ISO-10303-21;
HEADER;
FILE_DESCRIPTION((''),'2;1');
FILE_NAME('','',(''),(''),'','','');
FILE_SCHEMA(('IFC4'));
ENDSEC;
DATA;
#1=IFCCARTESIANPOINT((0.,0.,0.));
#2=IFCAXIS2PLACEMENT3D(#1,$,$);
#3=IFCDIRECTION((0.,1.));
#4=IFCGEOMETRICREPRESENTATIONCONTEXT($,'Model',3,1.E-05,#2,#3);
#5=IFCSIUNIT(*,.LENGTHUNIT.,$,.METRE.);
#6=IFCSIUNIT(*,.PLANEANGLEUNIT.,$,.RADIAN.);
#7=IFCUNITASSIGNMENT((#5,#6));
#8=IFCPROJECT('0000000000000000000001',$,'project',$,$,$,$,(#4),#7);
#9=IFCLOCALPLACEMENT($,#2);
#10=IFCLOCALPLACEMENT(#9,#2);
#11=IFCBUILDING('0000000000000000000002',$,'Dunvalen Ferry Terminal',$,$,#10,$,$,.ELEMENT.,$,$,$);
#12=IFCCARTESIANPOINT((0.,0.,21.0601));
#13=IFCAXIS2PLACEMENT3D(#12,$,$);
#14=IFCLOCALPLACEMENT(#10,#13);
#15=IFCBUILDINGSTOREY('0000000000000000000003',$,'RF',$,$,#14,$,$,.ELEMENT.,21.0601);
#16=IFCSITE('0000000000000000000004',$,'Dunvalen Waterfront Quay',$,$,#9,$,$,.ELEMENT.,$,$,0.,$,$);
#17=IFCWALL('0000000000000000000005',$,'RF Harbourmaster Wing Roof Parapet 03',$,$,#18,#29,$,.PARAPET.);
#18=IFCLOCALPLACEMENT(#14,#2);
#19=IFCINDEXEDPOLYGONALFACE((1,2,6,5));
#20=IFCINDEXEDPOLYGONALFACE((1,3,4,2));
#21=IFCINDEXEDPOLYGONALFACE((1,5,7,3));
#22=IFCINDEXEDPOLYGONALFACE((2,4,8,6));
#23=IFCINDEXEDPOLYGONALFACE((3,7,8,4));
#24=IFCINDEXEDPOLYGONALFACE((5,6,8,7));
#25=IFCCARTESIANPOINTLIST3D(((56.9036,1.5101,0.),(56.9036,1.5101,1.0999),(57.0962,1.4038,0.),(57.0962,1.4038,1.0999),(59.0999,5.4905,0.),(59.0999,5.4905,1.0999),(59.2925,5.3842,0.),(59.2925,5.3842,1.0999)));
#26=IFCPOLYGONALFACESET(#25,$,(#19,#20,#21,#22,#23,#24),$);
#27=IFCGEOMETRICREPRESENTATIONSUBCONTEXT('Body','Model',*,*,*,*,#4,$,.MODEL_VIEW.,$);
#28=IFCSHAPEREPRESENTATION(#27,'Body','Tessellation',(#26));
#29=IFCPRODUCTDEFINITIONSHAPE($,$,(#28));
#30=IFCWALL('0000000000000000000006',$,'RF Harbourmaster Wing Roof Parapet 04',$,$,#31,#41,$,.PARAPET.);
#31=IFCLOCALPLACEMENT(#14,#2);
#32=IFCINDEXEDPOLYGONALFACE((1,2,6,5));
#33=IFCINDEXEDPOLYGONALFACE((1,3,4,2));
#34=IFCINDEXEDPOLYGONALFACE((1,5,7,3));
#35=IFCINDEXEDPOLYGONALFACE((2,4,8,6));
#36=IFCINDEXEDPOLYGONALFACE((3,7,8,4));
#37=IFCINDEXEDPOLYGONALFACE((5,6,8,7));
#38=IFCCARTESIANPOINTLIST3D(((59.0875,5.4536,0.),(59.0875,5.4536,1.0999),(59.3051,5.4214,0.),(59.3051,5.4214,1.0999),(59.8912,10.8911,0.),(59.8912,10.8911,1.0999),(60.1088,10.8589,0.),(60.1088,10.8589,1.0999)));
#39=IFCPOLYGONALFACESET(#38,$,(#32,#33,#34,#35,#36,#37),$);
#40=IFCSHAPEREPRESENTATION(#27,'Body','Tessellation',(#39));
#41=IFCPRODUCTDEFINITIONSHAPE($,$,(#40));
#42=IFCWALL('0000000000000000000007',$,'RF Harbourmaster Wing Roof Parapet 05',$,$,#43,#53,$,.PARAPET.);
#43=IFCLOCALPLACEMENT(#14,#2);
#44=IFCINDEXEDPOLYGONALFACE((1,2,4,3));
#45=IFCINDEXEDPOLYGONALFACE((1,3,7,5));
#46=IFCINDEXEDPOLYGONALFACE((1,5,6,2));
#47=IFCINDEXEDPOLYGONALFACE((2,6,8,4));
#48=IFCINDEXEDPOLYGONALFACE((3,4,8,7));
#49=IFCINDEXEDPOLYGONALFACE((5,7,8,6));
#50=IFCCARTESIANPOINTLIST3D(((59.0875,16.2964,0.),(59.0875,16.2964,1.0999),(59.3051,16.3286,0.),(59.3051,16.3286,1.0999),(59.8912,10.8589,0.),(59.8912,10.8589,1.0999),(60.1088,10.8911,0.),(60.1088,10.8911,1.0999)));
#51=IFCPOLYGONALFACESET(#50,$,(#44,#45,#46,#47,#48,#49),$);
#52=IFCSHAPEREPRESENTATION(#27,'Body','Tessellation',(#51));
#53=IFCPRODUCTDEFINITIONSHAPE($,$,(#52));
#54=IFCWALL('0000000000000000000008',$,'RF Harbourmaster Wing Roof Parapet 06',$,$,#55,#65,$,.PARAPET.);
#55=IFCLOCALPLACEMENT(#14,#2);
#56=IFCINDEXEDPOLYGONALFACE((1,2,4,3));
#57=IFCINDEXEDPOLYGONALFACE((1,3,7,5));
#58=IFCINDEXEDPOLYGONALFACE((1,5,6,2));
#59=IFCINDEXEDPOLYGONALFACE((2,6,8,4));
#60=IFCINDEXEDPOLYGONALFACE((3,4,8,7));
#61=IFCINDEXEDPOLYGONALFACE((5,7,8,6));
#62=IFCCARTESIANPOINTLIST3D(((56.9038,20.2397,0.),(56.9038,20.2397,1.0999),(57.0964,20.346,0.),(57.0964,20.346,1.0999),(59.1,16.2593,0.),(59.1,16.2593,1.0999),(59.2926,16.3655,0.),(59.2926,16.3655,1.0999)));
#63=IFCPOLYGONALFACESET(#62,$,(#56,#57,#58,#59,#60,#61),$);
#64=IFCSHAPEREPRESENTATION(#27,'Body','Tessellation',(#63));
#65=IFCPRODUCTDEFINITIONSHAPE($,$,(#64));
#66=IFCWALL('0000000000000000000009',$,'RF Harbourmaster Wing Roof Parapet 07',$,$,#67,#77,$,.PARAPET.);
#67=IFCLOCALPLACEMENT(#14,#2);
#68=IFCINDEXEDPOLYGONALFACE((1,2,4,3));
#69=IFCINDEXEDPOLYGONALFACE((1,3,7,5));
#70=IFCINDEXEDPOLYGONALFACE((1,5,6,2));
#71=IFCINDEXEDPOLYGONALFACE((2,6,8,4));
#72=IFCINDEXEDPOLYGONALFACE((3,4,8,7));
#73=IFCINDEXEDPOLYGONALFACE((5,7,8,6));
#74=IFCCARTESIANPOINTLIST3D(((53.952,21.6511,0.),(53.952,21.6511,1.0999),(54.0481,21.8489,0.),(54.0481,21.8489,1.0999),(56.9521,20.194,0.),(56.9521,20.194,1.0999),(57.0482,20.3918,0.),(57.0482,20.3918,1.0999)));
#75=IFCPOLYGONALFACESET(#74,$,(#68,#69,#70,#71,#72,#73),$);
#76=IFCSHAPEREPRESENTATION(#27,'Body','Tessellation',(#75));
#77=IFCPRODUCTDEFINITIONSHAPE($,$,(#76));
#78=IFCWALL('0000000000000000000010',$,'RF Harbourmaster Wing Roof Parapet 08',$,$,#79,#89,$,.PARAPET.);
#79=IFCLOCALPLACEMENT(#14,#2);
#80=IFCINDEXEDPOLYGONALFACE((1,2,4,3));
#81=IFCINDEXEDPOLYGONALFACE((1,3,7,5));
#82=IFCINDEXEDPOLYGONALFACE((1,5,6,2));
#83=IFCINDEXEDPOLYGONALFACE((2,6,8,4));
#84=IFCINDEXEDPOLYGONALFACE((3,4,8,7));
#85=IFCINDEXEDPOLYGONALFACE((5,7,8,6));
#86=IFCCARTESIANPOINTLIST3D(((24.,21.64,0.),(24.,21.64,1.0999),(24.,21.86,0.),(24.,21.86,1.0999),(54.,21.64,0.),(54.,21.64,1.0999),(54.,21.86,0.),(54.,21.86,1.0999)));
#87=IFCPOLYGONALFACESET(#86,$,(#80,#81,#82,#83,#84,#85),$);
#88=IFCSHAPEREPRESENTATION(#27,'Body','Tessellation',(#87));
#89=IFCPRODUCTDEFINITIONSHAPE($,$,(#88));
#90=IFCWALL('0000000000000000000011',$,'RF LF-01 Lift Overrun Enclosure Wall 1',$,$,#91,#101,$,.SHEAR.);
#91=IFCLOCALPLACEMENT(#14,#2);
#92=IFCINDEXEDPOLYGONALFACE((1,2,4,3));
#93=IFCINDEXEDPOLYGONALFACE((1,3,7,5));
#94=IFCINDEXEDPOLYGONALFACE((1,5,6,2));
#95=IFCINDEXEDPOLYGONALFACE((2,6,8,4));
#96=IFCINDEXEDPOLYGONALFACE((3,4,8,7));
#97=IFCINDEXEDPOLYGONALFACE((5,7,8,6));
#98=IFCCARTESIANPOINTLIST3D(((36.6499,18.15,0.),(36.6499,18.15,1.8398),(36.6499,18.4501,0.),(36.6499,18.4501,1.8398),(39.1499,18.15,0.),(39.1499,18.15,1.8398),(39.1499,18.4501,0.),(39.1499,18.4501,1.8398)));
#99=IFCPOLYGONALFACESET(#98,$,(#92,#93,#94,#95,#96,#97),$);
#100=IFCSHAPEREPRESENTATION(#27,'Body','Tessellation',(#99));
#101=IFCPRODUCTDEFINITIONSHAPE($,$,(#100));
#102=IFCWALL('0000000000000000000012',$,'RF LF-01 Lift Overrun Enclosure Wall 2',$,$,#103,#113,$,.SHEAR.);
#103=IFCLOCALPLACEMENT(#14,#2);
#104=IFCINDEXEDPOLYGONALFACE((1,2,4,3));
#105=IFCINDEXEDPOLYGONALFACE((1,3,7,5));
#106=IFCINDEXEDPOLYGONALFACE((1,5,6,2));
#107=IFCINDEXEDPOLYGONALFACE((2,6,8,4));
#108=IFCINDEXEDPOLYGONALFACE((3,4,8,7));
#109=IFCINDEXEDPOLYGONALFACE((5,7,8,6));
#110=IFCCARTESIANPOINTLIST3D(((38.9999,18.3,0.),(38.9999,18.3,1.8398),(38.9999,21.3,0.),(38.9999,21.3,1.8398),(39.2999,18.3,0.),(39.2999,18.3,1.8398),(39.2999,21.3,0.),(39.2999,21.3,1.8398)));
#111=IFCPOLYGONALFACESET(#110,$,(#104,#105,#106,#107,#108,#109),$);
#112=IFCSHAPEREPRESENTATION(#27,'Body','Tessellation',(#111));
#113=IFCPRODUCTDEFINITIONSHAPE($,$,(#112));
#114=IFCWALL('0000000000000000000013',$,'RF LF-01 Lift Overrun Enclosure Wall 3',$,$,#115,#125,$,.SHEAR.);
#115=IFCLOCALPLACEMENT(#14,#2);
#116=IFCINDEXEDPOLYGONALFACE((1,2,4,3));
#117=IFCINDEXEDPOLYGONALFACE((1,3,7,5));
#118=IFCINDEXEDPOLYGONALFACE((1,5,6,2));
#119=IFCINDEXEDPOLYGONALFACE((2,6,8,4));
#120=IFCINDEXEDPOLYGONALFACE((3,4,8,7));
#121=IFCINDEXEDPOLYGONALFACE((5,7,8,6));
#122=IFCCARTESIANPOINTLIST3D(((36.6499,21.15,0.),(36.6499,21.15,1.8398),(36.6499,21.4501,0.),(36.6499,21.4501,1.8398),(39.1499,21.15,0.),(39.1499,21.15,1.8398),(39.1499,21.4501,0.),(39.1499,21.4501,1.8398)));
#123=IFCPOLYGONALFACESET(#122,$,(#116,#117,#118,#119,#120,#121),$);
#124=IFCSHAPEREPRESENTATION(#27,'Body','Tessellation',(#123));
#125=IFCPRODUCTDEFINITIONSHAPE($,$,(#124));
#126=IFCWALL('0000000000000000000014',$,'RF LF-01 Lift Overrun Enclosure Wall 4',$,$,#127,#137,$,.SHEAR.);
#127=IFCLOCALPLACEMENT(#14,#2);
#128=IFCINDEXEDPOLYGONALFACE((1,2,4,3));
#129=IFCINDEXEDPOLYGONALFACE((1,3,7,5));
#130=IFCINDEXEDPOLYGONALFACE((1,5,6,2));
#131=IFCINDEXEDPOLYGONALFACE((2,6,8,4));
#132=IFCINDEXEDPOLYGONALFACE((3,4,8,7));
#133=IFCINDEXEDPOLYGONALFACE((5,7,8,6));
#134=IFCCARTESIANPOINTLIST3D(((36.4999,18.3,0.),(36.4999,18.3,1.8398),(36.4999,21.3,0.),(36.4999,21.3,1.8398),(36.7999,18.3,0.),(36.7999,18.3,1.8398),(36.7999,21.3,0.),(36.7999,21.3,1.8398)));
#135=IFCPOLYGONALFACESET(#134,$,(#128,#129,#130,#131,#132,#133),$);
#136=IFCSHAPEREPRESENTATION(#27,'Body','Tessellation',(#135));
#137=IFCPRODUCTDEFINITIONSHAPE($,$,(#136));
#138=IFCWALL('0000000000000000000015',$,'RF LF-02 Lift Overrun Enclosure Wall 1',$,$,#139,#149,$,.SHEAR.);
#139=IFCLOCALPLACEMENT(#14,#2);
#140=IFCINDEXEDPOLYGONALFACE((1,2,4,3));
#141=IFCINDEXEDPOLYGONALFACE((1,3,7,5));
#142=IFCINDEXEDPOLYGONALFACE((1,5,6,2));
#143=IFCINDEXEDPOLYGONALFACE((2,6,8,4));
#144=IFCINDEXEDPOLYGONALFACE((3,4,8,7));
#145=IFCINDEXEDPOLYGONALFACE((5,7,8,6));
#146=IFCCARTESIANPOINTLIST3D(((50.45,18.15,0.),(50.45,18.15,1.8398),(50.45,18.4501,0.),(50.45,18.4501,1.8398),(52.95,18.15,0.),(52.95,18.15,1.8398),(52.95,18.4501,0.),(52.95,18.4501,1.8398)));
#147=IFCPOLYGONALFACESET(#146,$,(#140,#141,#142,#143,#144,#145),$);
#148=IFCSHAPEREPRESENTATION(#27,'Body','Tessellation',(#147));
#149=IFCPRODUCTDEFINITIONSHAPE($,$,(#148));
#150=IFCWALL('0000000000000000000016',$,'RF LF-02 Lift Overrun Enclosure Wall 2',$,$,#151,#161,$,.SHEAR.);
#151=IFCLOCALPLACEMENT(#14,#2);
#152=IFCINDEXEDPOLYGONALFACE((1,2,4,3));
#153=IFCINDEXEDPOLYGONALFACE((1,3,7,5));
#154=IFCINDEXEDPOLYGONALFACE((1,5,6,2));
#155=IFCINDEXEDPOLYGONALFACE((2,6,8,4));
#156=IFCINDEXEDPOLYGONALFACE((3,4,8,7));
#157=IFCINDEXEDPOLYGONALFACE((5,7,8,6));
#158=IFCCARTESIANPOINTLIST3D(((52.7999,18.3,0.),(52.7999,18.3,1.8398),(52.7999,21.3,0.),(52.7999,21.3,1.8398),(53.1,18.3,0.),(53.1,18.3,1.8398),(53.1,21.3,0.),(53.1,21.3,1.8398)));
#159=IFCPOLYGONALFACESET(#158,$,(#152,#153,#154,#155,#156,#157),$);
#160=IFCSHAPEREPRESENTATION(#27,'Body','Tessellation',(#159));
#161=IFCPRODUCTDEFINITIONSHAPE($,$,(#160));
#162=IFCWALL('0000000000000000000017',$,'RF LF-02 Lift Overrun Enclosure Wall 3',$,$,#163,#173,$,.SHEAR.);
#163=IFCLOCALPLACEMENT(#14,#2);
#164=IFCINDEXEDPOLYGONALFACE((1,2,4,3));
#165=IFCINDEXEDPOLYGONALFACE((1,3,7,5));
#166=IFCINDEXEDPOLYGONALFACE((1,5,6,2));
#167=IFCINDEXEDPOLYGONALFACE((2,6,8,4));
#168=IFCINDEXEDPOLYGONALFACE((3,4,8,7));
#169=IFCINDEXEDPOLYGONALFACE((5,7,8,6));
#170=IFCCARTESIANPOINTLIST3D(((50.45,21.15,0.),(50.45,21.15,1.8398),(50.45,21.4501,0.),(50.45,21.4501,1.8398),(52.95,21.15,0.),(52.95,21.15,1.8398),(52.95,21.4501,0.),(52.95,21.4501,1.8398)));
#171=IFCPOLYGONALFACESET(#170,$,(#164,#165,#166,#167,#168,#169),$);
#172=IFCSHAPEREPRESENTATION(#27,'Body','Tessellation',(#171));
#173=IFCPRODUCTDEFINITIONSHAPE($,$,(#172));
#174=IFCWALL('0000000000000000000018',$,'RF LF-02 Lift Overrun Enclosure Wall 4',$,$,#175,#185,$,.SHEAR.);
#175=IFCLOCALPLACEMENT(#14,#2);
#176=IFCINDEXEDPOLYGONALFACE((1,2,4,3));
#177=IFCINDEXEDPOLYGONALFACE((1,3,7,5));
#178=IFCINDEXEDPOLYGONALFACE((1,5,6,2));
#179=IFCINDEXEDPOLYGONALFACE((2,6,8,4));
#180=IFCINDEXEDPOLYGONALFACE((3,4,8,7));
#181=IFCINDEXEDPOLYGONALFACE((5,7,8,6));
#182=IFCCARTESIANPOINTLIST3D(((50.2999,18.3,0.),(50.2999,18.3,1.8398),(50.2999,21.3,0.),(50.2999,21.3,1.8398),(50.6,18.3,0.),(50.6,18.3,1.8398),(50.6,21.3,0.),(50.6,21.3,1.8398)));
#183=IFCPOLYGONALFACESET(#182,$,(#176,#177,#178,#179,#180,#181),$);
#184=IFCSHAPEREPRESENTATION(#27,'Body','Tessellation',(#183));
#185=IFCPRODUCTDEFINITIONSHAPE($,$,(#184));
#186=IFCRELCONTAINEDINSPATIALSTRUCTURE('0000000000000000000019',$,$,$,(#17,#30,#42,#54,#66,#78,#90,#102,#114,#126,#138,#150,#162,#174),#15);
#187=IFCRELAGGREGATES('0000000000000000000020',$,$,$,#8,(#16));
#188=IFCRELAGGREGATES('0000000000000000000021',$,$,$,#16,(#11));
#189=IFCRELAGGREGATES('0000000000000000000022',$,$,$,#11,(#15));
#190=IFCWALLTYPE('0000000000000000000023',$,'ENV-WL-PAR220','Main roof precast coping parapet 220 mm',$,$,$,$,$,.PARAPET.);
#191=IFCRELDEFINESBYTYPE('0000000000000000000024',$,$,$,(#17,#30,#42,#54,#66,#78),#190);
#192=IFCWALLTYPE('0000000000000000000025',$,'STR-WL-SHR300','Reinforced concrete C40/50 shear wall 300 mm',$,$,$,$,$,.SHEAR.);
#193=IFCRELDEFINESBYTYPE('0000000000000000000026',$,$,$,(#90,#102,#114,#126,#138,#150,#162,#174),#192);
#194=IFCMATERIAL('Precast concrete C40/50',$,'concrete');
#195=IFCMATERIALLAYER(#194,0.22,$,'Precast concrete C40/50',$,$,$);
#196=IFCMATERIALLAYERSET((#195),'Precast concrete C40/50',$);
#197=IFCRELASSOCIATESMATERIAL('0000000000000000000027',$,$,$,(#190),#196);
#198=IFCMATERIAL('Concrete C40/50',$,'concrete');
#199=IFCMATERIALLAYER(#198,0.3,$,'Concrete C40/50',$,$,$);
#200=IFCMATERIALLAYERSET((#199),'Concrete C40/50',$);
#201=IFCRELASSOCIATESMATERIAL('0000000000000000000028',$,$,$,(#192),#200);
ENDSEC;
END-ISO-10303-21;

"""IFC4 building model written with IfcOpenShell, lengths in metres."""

from ifc_helpers import new_model, si_unit, direction, frame, frame_2d, origin, place, context, subcontext, project, spatial, rectangle, extrude, material, layer, layer_set, type_object, element, save


model = new_model("IFC4")

# Units and contexts
model_context = context("Model", 3, precision=1e-05, world=origin(), true_north=direction((0.0, 1.0)))
body_context = subcontext(model_context, "Body", "Model", "MODEL_VIEW")
ifc_project = project(units=[si_unit("LENGTHUNIT", "METRE"), si_unit("PLANEANGLEUNIT", "RADIAN")], contexts=[model_context])

# Site, building, storey
site_placement = place(None, origin())
site = spatial("IfcSite", under=ifc_project, at=site_placement, Name="Dunvalen Waterfront Quay", CompositionType="ELEMENT", RefElevation=0.0)
building_placement = place(site_placement, origin())
building = spatial("IfcBuilding", under=site, at=building_placement, Name="Dunvalen Ferry Terminal", CompositionType="ELEMENT")
storey_placement = place(building_placement, frame((0.0, 0.0, 21.0601)))
storey = spatial("IfcBuildingStorey", under=building, at=storey_placement, Name="RF", CompositionType="ELEMENT", Elevation=21.0601)

# Shared definitions
ifc_material_1 = material(Name="Concrete C40/50", Category="concrete")

# Walls
ifc_material_2 = material(Name="Precast concrete C40/50", Category="concrete")
ifc_layer_1 = layer(ifc_material_2, 0.22, Name="Precast concrete C40/50")
ifc_layer_set_1 = layer_set([ifc_layer_1], Name="Precast concrete C40/50")
wall_type_1 = type_object("IfcWallType", Name="ENV-WL-PAR220", Description="Main roof precast coping parapet 220 mm", PredefinedType="PARAPET", material=ifc_layer_set_1)
wall_1_placement = place(storey_placement, frame((57.0, 1.457, 0.0), z_axis=(0.0, 0.0, 1.0), x_axis=(0.483106, 0.875562, 0.0)))
element("IfcWall", 1, at=wall_1_placement, inside=storey, type_object=wall_type_1, Name="RF Harbourmaster Wing Roof Parapet 03", PredefinedType="PARAPET", context=body_context, shape_type="SweptSolid", body=[
    extrude(rectangle(XDim=4.5461, YDim=0.22, at=frame_2d((2.2729, 0.0))), origin(), (0.0, 0.0, 1.0), 1.0999),
])
for number, where, z_axis, x_axis, name in (
    (2, (59.1963, 5.4375, 0.0), (0.0, 0.0, 1.0), (0.14622, 0.989252, 0.0), "RF Harbourmaster Wing Roof Parapet 04"),
    (3, (60.0, 10.875, 0.0), (0.0, 0.0, 1.0), (-0.14622, 0.989252, 0.0), "RF Harbourmaster Wing Roof Parapet 05"),
):
    element("IfcWall", number, at=place(storey_placement, frame(where, z_axis=z_axis, x_axis=x_axis)), inside=storey, type_object=wall_type_1, Name=name, PredefinedType="PARAPET", context=body_context, shape_type="SweptSolid", body=[
        extrude(rectangle(XDim=5.4966, YDim=0.22, at=frame_2d((2.7483, 0.0))), origin(), (0.0, 0.0, 1.0), 1.0999),
    ])
wall_2_placement = place(storey_placement, frame((59.1963, 16.3125, 0.0), z_axis=(0.0, 0.0, 1.0), x_axis=(-0.483106, 0.875562, 0.0)))
element("IfcWall", 4, at=wall_2_placement, inside=storey, type_object=wall_type_1, Name="RF Harbourmaster Wing Roof Parapet 06", PredefinedType="PARAPET", context=body_context, shape_type="SweptSolid", body=[
    extrude(rectangle(XDim=4.5461, YDim=0.22, at=frame_2d((2.2729, 0.0))), origin(), (0.0, 0.0, 1.0), 1.0999),
])
wall_3_placement = place(storey_placement, frame((57.0, 20.293, 0.0), z_axis=(0.0, 0.0, 1.0), x_axis=(-0.899521, 0.436877, 0.0)))
element("IfcWall", 5, at=wall_3_placement, inside=storey, type_object=wall_type_1, Name="RF Harbourmaster Wing Roof Parapet 07", PredefinedType="PARAPET", context=body_context, shape_type="SweptSolid", body=[
    extrude(rectangle(XDim=3.3352, YDim=0.22, at=frame_2d((1.6675, 0.0))), origin(), (0.0, 0.0, 1.0), 1.0999),
])
wall_4_placement = place(storey_placement, frame((54.0, 21.75, 0.0), z_axis=(0.0, 0.0, 1.0), x_axis=(-1.0, 0.0, 0.0)))
element("IfcWall", 6, at=wall_4_placement, inside=storey, type_object=wall_type_1, Name="RF Harbourmaster Wing Roof Parapet 08", PredefinedType="PARAPET", context=body_context, shape_type="SweptSolid", body=[
    extrude(rectangle(XDim=30.0, YDim=0.22, at=frame_2d((15.0, 0.0))), origin(), (0.0, 0.0, 1.0), 1.0999),
])
ifc_layer_2 = layer(ifc_material_1, 0.3, Name="Concrete C40/50")
ifc_layer_set_2 = layer_set([ifc_layer_2], Name="Concrete C40/50")
wall_type_2 = type_object("IfcWallType", Name="STR-WL-SHR300", Description="Reinforced concrete C40/50 shear wall 300 mm", PredefinedType="SHEAR", material=ifc_layer_set_2)
wall_5_placement = place(storey_placement, frame((36.6499, 18.3, 0.0), z_axis=(0.0, 0.0, 1.0), x_axis=(1.0, 0.0, 0.0)))
element("IfcWall", 7, at=wall_5_placement, inside=storey, type_object=wall_type_2, Name="RF LF-01 Lift Overrun Enclosure Wall 1", PredefinedType="SHEAR", context=body_context, shape_type="SweptSolid", body=[
    extrude(rectangle(XDim=2.5, YDim=0.3, at=frame_2d((1.25, 0.0))), origin(), (0.0, 0.0, 1.0), 1.8398),
])
wall_6_placement = place(storey_placement, frame((39.1499, 18.3, 0.0), z_axis=(0.0, 0.0, 1.0), x_axis=(0.0, 1.0, 0.0)))
element("IfcWall", 8, at=wall_6_placement, inside=storey, type_object=wall_type_2, Name="RF LF-01 Lift Overrun Enclosure Wall 2", PredefinedType="SHEAR", context=body_context, shape_type="SweptSolid", body=[
    extrude(rectangle(XDim=3.0, YDim=0.3, at=frame_2d((1.5, 0.0))), origin(), (0.0, 0.0, 1.0), 1.8398),
])
wall_7_placement = place(storey_placement, frame((39.1499, 21.3, 0.0), z_axis=(0.0, 0.0, 1.0), x_axis=(-1.0, 0.0, 0.0)))
element("IfcWall", 9, at=wall_7_placement, inside=storey, type_object=wall_type_2, Name="RF LF-01 Lift Overrun Enclosure Wall 3", PredefinedType="SHEAR", context=body_context, shape_type="SweptSolid", body=[
    extrude(rectangle(XDim=2.5, YDim=0.3, at=frame_2d((1.25, 0.0))), origin(), (0.0, 0.0, 1.0), 1.8398),
])
wall_8_placement = place(storey_placement, frame((36.6499, 21.3, 0.0), z_axis=(0.0, 0.0, 1.0), x_axis=(0.0, -1.0, 0.0)))
element("IfcWall", 10, at=wall_8_placement, inside=storey, type_object=wall_type_2, Name="RF LF-01 Lift Overrun Enclosure Wall 4", PredefinedType="SHEAR", context=body_context, shape_type="SweptSolid", body=[
    extrude(rectangle(XDim=3.0, YDim=0.3, at=frame_2d((1.5, 0.0))), origin(), (0.0, 0.0, 1.0), 1.8398),
])
wall_9_placement = place(storey_placement, frame((50.45, 18.3, 0.0), z_axis=(0.0, 0.0, 1.0), x_axis=(1.0, 0.0, 0.0)))
element("IfcWall", 11, at=wall_9_placement, inside=storey, type_object=wall_type_2, Name="RF LF-02 Lift Overrun Enclosure Wall 1", PredefinedType="SHEAR", context=body_context, shape_type="SweptSolid", body=[
    extrude(rectangle(XDim=2.5, YDim=0.3, at=frame_2d((1.25, 0.0))), origin(), (0.0, 0.0, 1.0), 1.8398),
])
wall_10_placement = place(storey_placement, frame((52.95, 18.3, 0.0), z_axis=(0.0, 0.0, 1.0), x_axis=(0.0, 1.0, 0.0)))
element("IfcWall", 12, at=wall_10_placement, inside=storey, type_object=wall_type_2, Name="RF LF-02 Lift Overrun Enclosure Wall 2", PredefinedType="SHEAR", context=body_context, shape_type="SweptSolid", body=[
    extrude(rectangle(XDim=3.0, YDim=0.3, at=frame_2d((1.5, 0.0))), origin(), (0.0, 0.0, 1.0), 1.8398),
])
wall_11_placement = place(storey_placement, frame((52.95, 21.3, 0.0), z_axis=(0.0, 0.0, 1.0), x_axis=(-1.0, 0.0, 0.0)))
element("IfcWall", 13, at=wall_11_placement, inside=storey, type_object=wall_type_2, Name="RF LF-02 Lift Overrun Enclosure Wall 3", PredefinedType="SHEAR", context=body_context, shape_type="SweptSolid", body=[
    extrude(rectangle(XDim=2.5, YDim=0.3, at=frame_2d((1.25, 0.0))), origin(), (0.0, 0.0, 1.0), 1.8398),
])
wall_12_placement = place(storey_placement, frame((50.45, 21.3, 0.0), z_axis=(0.0, 0.0, 1.0), x_axis=(0.0, -1.0, 0.0)))
element("IfcWall", 14, at=wall_12_placement, inside=storey, type_object=wall_type_2, Name="RF LF-02 Lift Overrun Enclosure Wall 4", PredefinedType="SHEAR", context=body_context, shape_type="SweptSolid", body=[
    extrude(rectangle(XDim=3.0, YDim=0.3, at=frame_2d((1.5, 0.0))), origin(), (0.0, 0.0, 1.0), 1.8398),
])

save(model, "model.ifc")
